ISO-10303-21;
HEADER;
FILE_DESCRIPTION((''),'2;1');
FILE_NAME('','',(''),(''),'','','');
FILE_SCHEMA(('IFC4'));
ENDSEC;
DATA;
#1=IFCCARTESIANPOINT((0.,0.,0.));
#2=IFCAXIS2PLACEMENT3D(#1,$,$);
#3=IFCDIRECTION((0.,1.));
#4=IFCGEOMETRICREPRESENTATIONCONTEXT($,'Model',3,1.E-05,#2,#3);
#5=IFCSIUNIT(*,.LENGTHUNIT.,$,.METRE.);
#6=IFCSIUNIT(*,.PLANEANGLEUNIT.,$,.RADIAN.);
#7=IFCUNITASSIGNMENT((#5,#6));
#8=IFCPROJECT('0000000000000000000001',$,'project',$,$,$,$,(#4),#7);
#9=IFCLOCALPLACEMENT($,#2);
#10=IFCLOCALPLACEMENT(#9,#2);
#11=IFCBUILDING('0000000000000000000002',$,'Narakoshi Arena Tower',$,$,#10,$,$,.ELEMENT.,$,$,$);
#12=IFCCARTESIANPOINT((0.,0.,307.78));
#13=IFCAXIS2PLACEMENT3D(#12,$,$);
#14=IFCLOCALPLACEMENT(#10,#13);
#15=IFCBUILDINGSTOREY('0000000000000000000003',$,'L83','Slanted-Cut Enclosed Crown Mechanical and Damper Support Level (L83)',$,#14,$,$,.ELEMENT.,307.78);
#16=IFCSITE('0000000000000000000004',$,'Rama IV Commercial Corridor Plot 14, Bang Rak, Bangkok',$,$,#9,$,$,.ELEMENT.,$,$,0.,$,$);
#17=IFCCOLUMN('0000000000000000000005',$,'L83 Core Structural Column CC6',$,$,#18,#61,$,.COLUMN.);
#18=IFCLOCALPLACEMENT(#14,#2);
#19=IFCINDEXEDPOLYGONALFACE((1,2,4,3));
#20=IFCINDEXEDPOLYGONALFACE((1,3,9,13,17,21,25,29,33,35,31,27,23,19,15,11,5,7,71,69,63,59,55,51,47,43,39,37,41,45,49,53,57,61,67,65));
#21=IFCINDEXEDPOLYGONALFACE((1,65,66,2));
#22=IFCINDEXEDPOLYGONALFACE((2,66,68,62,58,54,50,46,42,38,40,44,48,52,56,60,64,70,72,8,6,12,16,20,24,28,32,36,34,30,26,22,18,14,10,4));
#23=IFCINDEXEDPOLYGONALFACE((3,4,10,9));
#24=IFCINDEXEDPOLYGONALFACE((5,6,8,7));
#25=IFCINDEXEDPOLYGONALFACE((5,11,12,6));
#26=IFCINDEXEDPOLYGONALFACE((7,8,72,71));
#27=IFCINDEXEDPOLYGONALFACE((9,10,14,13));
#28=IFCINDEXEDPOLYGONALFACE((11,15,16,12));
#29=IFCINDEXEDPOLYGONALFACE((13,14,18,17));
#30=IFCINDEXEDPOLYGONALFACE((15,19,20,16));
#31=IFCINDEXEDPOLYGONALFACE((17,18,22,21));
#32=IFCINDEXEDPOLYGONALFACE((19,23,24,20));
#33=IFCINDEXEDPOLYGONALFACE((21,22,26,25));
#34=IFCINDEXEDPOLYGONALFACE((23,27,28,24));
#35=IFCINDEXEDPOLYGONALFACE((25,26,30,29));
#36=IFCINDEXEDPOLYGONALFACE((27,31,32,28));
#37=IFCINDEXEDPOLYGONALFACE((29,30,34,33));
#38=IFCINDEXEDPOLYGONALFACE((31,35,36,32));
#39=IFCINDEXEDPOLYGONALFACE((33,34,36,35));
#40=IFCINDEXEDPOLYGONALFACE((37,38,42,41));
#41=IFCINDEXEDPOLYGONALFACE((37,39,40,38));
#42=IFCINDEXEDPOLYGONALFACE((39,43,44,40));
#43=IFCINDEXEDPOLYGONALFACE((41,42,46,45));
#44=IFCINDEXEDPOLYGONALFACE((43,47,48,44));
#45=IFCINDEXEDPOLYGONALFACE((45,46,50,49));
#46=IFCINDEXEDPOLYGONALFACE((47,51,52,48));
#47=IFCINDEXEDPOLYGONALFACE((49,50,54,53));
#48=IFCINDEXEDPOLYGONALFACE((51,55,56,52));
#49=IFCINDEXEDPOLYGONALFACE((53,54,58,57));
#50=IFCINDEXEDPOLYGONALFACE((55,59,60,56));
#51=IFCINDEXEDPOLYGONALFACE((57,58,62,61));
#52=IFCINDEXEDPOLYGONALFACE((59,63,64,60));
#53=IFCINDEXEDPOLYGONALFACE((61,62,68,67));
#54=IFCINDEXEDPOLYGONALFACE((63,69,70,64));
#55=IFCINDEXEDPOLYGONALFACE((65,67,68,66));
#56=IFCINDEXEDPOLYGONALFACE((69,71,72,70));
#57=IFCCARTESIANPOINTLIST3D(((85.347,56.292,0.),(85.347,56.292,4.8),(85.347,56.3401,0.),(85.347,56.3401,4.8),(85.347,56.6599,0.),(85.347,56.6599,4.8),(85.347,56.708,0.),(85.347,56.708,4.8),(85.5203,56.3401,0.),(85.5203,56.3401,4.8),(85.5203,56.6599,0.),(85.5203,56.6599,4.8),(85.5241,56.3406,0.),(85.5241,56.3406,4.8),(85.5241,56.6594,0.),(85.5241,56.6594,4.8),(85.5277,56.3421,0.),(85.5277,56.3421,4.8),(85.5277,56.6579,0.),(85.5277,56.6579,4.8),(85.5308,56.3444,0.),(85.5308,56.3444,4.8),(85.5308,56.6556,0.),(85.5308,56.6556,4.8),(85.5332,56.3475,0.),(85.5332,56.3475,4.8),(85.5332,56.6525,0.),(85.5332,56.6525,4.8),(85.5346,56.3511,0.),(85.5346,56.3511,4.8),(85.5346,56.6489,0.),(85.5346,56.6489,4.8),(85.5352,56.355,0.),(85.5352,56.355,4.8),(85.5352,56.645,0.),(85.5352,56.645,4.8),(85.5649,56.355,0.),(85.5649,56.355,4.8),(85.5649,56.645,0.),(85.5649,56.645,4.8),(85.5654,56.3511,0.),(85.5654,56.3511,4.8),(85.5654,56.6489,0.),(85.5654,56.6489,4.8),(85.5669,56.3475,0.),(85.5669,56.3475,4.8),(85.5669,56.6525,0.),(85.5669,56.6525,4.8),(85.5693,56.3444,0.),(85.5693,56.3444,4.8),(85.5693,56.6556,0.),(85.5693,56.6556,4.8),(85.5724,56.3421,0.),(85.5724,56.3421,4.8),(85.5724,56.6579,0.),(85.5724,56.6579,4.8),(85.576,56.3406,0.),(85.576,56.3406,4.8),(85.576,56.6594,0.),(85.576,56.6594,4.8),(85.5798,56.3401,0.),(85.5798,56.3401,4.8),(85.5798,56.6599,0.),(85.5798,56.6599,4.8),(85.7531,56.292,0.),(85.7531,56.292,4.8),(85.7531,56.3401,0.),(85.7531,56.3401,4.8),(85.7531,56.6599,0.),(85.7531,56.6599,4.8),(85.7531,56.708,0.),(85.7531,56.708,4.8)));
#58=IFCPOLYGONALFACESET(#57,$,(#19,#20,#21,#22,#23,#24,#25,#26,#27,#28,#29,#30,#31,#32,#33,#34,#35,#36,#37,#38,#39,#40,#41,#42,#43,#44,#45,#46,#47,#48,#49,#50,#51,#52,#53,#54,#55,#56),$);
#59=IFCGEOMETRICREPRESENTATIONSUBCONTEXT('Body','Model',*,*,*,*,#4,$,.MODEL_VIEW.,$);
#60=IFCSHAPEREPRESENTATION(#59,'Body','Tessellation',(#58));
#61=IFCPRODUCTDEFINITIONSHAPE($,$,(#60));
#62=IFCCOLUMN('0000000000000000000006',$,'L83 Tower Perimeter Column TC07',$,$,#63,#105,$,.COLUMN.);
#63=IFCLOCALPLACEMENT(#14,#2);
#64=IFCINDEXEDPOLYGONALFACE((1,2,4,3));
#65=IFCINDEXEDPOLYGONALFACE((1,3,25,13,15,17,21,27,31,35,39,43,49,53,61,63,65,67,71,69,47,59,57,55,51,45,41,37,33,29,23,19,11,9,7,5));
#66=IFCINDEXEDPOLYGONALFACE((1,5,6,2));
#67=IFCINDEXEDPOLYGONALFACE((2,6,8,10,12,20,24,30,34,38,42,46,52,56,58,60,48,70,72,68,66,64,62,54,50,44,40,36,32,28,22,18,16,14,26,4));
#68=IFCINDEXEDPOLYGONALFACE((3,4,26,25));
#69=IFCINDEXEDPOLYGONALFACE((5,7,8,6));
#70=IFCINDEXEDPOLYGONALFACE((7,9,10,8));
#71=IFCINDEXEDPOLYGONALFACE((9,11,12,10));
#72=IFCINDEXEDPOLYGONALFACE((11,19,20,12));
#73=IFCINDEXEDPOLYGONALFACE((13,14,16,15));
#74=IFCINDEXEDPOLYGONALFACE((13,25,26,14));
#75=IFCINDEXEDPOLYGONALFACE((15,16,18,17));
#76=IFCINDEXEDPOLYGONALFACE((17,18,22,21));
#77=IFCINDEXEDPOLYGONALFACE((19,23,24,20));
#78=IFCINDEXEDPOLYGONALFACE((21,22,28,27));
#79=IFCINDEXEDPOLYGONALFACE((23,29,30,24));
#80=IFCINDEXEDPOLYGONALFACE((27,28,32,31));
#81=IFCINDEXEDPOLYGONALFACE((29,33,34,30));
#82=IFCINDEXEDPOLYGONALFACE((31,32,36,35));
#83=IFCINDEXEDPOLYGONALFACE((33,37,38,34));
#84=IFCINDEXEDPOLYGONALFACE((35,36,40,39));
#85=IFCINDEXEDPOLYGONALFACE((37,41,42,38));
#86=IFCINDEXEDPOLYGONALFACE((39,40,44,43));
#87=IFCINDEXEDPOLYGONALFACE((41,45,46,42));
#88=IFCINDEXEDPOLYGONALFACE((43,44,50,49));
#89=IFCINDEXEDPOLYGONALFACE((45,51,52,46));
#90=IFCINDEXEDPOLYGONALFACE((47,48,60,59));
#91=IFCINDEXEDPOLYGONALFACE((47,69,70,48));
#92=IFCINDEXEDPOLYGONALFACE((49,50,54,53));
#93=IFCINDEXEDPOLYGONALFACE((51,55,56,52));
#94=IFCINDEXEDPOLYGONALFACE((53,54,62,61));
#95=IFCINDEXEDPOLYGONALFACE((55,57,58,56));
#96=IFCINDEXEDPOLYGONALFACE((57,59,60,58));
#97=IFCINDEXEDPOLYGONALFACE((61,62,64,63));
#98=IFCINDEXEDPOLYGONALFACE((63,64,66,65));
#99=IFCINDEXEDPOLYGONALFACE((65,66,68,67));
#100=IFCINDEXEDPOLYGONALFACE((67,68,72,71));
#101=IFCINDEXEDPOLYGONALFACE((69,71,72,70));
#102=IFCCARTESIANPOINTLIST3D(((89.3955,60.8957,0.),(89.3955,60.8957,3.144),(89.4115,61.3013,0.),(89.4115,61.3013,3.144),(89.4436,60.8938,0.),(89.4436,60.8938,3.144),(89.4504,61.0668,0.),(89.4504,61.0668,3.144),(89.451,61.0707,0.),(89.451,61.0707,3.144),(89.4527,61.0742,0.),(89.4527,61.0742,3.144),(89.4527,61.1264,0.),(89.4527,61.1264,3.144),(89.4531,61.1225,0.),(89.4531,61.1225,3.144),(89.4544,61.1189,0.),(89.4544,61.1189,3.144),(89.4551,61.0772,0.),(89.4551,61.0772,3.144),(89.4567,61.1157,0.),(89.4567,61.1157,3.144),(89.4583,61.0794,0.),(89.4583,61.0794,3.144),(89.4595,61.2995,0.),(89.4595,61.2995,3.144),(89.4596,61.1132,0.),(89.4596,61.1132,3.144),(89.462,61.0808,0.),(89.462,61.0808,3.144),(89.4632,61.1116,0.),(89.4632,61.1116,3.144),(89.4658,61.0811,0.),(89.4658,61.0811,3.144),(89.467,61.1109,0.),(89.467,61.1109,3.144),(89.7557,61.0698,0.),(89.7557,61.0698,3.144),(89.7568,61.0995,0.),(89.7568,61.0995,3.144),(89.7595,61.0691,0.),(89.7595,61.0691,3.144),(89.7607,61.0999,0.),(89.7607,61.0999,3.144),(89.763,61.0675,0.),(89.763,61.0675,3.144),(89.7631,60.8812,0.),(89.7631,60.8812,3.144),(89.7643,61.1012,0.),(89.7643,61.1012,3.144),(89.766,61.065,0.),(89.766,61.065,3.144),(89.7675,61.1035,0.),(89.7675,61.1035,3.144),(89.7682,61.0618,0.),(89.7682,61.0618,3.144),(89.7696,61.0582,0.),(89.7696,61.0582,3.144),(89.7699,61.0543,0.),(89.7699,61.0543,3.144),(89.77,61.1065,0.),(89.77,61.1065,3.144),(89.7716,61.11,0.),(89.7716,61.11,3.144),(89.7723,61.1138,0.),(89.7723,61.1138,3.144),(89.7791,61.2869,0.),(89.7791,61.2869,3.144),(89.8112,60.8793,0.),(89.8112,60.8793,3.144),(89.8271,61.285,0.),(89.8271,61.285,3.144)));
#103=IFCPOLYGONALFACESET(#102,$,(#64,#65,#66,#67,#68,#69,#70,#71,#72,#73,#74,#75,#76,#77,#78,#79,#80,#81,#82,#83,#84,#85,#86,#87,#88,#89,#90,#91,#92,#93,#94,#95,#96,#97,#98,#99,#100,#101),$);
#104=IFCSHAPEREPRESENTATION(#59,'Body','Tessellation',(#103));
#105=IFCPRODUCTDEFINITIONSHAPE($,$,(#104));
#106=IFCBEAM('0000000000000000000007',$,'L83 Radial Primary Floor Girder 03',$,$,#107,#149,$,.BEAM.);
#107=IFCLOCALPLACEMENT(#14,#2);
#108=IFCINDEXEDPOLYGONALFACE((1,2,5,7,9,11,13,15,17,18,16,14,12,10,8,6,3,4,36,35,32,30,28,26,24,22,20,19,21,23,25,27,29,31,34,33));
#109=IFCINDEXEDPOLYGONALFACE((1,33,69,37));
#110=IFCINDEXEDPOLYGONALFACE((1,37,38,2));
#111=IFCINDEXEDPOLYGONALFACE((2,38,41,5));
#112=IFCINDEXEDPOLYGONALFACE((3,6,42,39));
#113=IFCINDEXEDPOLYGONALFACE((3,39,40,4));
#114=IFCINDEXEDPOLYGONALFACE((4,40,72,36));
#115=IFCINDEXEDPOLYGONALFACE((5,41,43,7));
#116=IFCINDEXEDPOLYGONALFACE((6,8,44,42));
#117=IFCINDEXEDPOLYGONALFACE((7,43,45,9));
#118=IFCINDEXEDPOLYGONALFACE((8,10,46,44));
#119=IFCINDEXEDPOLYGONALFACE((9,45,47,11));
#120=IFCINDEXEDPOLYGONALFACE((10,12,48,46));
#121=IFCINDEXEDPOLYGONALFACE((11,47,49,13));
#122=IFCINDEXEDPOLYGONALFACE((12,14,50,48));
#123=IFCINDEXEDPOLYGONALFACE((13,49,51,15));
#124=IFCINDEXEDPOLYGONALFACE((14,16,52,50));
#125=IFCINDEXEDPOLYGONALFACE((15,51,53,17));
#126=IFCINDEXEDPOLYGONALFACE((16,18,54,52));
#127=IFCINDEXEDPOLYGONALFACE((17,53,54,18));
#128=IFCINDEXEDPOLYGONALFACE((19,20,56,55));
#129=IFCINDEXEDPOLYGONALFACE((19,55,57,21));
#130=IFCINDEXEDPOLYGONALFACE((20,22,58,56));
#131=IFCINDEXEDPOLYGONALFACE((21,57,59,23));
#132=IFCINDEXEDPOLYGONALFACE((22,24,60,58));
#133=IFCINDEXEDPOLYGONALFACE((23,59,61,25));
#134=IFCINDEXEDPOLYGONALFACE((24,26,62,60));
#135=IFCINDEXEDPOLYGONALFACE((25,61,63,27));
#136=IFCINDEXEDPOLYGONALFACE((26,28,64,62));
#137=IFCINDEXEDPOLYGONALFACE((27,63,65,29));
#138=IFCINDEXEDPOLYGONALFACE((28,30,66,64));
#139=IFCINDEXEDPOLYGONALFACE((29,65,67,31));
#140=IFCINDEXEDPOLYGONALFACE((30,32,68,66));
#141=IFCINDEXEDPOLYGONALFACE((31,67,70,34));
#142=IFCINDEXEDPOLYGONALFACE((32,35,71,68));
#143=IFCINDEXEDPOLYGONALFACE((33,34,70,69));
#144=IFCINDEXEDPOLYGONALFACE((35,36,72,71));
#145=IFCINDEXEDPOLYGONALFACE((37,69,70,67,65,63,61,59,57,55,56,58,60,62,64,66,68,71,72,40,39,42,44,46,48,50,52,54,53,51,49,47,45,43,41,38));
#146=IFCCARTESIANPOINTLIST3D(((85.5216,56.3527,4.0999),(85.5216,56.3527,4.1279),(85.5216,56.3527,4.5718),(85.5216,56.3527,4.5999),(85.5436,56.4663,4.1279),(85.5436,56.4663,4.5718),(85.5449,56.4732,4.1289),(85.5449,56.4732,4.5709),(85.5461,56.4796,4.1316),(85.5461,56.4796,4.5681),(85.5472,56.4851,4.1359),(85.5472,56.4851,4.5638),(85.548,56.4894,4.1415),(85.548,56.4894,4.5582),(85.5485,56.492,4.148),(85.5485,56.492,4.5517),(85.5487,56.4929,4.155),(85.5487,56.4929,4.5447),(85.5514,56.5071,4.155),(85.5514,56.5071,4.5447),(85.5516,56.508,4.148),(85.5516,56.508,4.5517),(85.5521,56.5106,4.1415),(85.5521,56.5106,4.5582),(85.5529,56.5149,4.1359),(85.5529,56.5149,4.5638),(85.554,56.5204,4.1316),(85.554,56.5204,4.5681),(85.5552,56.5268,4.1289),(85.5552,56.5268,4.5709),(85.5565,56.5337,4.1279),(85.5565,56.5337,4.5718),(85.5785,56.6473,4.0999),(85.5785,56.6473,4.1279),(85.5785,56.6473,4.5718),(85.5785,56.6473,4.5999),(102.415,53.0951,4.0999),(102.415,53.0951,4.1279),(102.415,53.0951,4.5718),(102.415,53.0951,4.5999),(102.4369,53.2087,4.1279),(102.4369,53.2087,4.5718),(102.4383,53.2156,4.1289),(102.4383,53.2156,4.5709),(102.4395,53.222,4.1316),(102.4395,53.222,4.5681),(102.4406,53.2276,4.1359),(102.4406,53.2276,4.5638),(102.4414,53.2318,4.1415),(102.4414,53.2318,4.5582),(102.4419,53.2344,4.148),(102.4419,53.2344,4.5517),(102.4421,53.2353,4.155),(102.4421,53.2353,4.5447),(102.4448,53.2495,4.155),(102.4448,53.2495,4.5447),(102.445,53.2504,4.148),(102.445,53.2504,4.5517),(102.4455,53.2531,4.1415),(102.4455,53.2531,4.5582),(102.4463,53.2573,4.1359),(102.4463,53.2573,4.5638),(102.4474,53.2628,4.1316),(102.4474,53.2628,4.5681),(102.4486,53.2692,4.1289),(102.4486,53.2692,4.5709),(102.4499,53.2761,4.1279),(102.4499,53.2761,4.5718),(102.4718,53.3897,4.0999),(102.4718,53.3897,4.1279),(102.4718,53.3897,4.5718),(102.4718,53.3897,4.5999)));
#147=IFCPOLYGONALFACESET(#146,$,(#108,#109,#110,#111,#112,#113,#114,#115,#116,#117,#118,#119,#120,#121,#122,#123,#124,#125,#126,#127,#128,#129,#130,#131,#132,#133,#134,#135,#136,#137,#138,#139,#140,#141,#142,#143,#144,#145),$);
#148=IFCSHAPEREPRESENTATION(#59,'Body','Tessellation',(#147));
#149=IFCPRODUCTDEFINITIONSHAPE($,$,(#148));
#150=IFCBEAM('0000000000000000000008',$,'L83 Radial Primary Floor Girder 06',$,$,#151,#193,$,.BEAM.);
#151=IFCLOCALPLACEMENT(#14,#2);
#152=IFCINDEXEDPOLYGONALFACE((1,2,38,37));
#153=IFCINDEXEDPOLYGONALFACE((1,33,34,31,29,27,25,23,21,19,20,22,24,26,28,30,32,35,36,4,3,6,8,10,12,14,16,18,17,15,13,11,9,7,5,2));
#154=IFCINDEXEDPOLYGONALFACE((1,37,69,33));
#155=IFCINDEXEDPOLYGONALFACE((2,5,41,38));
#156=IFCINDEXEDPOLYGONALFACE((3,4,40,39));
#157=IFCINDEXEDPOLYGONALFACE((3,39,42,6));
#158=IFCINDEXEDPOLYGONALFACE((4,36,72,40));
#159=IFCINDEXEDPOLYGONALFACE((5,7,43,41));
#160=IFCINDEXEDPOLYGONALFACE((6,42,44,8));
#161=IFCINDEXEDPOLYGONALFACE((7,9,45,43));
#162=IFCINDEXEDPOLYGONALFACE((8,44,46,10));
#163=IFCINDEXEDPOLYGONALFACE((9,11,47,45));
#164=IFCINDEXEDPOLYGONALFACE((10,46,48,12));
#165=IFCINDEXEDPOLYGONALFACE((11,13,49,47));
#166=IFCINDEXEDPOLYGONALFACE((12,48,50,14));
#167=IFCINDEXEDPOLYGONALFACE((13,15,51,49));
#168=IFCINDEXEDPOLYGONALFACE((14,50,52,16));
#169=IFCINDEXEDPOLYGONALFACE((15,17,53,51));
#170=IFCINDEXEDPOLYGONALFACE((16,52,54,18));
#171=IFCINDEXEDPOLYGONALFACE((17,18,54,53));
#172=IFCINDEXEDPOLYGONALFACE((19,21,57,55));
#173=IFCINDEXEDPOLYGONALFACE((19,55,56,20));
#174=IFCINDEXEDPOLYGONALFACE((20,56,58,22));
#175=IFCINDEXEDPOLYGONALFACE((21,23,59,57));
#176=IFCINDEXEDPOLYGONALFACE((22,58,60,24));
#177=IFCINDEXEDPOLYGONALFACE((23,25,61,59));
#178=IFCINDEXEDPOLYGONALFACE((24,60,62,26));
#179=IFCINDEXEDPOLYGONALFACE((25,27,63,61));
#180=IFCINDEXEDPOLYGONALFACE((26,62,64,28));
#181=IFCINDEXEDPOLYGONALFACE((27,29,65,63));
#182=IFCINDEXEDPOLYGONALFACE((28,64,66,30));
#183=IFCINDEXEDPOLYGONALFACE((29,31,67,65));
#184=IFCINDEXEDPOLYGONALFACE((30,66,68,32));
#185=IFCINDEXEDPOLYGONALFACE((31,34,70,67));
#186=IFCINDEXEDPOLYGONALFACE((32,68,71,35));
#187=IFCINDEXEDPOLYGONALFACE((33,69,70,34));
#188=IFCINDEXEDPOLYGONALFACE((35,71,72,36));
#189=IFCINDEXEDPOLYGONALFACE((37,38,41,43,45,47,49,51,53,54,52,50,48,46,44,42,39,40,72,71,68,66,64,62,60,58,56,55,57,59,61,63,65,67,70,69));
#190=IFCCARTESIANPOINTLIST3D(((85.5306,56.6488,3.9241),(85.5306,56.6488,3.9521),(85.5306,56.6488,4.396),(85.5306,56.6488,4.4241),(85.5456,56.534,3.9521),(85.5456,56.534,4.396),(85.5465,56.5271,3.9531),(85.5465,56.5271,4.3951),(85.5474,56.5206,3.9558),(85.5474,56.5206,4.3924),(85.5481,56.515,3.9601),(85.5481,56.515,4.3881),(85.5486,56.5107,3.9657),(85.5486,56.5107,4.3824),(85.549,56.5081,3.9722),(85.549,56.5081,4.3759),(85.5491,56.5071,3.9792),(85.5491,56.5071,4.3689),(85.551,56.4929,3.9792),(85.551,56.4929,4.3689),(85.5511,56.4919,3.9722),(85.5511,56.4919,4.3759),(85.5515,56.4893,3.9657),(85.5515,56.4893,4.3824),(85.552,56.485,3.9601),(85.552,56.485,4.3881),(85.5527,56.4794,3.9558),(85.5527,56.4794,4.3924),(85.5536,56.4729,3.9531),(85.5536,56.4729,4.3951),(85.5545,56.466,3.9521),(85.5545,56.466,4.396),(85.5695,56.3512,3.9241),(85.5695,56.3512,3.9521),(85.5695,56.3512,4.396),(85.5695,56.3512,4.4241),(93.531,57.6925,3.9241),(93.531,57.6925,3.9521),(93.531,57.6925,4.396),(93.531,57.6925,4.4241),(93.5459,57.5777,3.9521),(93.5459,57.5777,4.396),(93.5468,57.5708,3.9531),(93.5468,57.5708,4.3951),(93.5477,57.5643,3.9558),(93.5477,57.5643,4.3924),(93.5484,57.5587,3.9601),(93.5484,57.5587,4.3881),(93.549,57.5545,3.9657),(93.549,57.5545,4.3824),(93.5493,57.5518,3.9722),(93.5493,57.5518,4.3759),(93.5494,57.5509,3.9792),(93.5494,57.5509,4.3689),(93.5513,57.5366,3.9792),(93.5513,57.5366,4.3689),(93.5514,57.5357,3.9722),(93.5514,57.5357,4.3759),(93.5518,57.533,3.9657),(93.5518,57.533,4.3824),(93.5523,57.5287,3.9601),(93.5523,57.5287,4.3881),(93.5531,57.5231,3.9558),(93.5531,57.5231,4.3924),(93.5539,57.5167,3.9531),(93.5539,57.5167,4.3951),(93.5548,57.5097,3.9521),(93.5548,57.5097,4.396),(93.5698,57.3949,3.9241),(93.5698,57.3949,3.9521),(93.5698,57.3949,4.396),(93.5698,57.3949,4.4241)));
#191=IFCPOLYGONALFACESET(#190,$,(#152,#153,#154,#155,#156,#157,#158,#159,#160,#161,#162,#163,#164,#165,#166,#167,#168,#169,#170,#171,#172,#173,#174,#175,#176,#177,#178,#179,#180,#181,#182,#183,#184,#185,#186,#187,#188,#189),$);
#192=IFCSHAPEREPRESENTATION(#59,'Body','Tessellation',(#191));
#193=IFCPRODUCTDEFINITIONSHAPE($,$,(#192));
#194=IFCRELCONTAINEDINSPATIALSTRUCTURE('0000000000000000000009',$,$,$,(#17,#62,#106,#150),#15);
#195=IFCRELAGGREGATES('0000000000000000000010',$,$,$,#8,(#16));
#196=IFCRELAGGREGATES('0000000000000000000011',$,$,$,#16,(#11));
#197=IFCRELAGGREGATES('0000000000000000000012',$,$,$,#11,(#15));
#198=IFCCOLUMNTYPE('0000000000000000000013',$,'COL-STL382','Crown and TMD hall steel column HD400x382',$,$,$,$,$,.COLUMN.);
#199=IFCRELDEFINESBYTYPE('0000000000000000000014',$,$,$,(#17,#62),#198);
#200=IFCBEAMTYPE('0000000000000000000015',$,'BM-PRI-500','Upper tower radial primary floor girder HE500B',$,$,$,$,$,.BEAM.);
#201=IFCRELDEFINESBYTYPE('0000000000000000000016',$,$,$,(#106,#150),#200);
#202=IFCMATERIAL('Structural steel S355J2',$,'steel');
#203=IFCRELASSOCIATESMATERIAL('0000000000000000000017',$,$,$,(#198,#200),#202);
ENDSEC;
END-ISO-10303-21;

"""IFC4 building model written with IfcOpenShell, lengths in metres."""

from ifc_helpers import new_model, si_unit, direction, frame, origin, origin_2d, place, context, subcontext, project, spatial, i_section, extrude, material, material_profile, profile_set, type_object, element, save


model = new_model("IFC4")

# Units and contexts
model_context = context("Model", 3, precision=1e-05, world=origin(), true_north=direction((0.0, 1.0)))
body_context = subcontext(model_context, "Body", "Model", "MODEL_VIEW")
ifc_project = project(units=[si_unit("LENGTHUNIT", "METRE"), si_unit("PLANEANGLEUNIT", "RADIAN")], contexts=[model_context])

# Site, building, storey
site_placement = place(None, origin())
site = spatial("IfcSite", under=ifc_project, at=site_placement, Name="Rama IV Commercial Corridor Plot 14, Bang Rak, Bangkok", CompositionType="ELEMENT", RefElevation=0.0)
building_placement = place(site_placement, origin())
building = spatial("IfcBuilding", under=site, at=building_placement, Name="Narakoshi Arena Tower", CompositionType="ELEMENT")
storey_placement = place(building_placement, frame((0.0, 0.0, 307.78)))
storey = spatial("IfcBuildingStorey", under=building, at=storey_placement, Name="L83", Description="Slanted-Cut Enclosed Crown Mechanical and Damper Support Level (L83)", CompositionType="ELEMENT", Elevation=307.78)

# Columns
ifc_material_1 = material(Name="Structural steel S355J2", Category="steel")
ifc_material_profile_1 = material_profile(ifc_material_1, i_section(OverallWidth=0.406, OverallDepth=0.416, WebThickness=0.0298, FlangeThickness=0.0481, FilletRadius=0.0149, at=origin_2d()), Name="HD400x382")
ifc_profile_set_1 = profile_set([ifc_material_profile_1], Name="Structural steel S355J2")
column_type = type_object("IfcColumnType", Name="COL-STL382", Description="Crown and TMD hall steel column HD400x382", PredefinedType="COLUMN", material=ifc_profile_set_1)
column_1_placement = place(storey_placement, frame((85.55, 56.5, 0.0), z_axis=(0.0, 0.0, 1.0), x_axis=(1.0, 0.0, 0.0)))
element("IfcColumn", 1, at=column_1_placement, inside=storey, type_object=column_type, Name="L83 Core Structural Column CC6", PredefinedType="COLUMN", context=body_context, shape_type="SweptSolid", body=[
    extrude(i_section(OverallWidth=0.406, OverallDepth=0.416, WebThickness=0.0298, FlangeThickness=0.0481, FilletRadius=0.0149, at=origin_2d()), origin(), (0.0, 0.0, 1.0), 4.8),
])
column_2_placement = place(storey_placement, frame((89.6113, 61.0903, 0.0), z_axis=(0.0, 0.0, 1.0), x_axis=(0.03926, 0.999229, 0.0)))
element("IfcColumn", 2, at=column_2_placement, inside=storey, type_object=column_type, Name="L83 Tower Perimeter Column TC07", PredefinedType="COLUMN", context=body_context, shape_type="SweptSolid", body=[
    extrude(i_section(OverallWidth=0.406, OverallDepth=0.416, WebThickness=0.0298, FlangeThickness=0.0481, FilletRadius=0.0149, at=origin_2d()), origin(), (0.0, 0.0, 1.0), 3.144),
])

# Beams
ifc_material_profile_2 = material_profile(ifc_material_1, i_section(OverallWidth=0.3, OverallDepth=0.5, WebThickness=0.0144, FlangeThickness=0.0281, FilletRadius=0.0271, at=origin_2d()), Name="HE500B")
ifc_profile_set_2 = profile_set([ifc_material_profile_2], Name="Structural steel S355J2")
beam_type_1 = type_object("IfcBeamType", Name="BM-PRI-500", Description="Upper tower radial primary floor girder HE500B", PredefinedType="BEAM", material=ifc_profile_set_2)
beam_1_placement = place(storey_placement, frame((85.55, 56.5, 4.3499), z_axis=(0.981911, -0.189344, 0.0), x_axis=(0.189344, 0.981911, 0.0)))
element("IfcBeam", 3, at=beam_1_placement, inside=storey, type_object=beam_type_1, Name="L83 Radial Primary Floor Girder 03", PredefinedType="BEAM", context=body_context, shape_type="SweptSolid", body=[
    extrude(i_section(OverallWidth=0.3, OverallDepth=0.5, WebThickness=0.0144, FlangeThickness=0.0281, FilletRadius=0.0271, at=origin_2d()), origin(), (0.0, 0.0, 1.0), 17.2046),
])
beam_2_placement = place(storey_placement, frame((85.55, 56.5, 4.1741), z_axis=(0.991597, 0.129362, 0.0), x_axis=(-0.129362, 0.991597, 0.0)))
element("IfcBeam", 4, at=beam_2_placement, inside=storey, type_object=beam_type_1, Name="L83 Radial Primary Floor Girder 06", PredefinedType="BEAM", context=body_context, shape_type="SweptSolid", body=[
    extrude(i_section(OverallWidth=0.3, OverallDepth=0.5, WebThickness=0.0144, FlangeThickness=0.0281, FilletRadius=0.0271, at=origin_2d()), origin(), (0.0, 0.0, 1.0), 8.0681),
])

save(model, "model.ifc")
